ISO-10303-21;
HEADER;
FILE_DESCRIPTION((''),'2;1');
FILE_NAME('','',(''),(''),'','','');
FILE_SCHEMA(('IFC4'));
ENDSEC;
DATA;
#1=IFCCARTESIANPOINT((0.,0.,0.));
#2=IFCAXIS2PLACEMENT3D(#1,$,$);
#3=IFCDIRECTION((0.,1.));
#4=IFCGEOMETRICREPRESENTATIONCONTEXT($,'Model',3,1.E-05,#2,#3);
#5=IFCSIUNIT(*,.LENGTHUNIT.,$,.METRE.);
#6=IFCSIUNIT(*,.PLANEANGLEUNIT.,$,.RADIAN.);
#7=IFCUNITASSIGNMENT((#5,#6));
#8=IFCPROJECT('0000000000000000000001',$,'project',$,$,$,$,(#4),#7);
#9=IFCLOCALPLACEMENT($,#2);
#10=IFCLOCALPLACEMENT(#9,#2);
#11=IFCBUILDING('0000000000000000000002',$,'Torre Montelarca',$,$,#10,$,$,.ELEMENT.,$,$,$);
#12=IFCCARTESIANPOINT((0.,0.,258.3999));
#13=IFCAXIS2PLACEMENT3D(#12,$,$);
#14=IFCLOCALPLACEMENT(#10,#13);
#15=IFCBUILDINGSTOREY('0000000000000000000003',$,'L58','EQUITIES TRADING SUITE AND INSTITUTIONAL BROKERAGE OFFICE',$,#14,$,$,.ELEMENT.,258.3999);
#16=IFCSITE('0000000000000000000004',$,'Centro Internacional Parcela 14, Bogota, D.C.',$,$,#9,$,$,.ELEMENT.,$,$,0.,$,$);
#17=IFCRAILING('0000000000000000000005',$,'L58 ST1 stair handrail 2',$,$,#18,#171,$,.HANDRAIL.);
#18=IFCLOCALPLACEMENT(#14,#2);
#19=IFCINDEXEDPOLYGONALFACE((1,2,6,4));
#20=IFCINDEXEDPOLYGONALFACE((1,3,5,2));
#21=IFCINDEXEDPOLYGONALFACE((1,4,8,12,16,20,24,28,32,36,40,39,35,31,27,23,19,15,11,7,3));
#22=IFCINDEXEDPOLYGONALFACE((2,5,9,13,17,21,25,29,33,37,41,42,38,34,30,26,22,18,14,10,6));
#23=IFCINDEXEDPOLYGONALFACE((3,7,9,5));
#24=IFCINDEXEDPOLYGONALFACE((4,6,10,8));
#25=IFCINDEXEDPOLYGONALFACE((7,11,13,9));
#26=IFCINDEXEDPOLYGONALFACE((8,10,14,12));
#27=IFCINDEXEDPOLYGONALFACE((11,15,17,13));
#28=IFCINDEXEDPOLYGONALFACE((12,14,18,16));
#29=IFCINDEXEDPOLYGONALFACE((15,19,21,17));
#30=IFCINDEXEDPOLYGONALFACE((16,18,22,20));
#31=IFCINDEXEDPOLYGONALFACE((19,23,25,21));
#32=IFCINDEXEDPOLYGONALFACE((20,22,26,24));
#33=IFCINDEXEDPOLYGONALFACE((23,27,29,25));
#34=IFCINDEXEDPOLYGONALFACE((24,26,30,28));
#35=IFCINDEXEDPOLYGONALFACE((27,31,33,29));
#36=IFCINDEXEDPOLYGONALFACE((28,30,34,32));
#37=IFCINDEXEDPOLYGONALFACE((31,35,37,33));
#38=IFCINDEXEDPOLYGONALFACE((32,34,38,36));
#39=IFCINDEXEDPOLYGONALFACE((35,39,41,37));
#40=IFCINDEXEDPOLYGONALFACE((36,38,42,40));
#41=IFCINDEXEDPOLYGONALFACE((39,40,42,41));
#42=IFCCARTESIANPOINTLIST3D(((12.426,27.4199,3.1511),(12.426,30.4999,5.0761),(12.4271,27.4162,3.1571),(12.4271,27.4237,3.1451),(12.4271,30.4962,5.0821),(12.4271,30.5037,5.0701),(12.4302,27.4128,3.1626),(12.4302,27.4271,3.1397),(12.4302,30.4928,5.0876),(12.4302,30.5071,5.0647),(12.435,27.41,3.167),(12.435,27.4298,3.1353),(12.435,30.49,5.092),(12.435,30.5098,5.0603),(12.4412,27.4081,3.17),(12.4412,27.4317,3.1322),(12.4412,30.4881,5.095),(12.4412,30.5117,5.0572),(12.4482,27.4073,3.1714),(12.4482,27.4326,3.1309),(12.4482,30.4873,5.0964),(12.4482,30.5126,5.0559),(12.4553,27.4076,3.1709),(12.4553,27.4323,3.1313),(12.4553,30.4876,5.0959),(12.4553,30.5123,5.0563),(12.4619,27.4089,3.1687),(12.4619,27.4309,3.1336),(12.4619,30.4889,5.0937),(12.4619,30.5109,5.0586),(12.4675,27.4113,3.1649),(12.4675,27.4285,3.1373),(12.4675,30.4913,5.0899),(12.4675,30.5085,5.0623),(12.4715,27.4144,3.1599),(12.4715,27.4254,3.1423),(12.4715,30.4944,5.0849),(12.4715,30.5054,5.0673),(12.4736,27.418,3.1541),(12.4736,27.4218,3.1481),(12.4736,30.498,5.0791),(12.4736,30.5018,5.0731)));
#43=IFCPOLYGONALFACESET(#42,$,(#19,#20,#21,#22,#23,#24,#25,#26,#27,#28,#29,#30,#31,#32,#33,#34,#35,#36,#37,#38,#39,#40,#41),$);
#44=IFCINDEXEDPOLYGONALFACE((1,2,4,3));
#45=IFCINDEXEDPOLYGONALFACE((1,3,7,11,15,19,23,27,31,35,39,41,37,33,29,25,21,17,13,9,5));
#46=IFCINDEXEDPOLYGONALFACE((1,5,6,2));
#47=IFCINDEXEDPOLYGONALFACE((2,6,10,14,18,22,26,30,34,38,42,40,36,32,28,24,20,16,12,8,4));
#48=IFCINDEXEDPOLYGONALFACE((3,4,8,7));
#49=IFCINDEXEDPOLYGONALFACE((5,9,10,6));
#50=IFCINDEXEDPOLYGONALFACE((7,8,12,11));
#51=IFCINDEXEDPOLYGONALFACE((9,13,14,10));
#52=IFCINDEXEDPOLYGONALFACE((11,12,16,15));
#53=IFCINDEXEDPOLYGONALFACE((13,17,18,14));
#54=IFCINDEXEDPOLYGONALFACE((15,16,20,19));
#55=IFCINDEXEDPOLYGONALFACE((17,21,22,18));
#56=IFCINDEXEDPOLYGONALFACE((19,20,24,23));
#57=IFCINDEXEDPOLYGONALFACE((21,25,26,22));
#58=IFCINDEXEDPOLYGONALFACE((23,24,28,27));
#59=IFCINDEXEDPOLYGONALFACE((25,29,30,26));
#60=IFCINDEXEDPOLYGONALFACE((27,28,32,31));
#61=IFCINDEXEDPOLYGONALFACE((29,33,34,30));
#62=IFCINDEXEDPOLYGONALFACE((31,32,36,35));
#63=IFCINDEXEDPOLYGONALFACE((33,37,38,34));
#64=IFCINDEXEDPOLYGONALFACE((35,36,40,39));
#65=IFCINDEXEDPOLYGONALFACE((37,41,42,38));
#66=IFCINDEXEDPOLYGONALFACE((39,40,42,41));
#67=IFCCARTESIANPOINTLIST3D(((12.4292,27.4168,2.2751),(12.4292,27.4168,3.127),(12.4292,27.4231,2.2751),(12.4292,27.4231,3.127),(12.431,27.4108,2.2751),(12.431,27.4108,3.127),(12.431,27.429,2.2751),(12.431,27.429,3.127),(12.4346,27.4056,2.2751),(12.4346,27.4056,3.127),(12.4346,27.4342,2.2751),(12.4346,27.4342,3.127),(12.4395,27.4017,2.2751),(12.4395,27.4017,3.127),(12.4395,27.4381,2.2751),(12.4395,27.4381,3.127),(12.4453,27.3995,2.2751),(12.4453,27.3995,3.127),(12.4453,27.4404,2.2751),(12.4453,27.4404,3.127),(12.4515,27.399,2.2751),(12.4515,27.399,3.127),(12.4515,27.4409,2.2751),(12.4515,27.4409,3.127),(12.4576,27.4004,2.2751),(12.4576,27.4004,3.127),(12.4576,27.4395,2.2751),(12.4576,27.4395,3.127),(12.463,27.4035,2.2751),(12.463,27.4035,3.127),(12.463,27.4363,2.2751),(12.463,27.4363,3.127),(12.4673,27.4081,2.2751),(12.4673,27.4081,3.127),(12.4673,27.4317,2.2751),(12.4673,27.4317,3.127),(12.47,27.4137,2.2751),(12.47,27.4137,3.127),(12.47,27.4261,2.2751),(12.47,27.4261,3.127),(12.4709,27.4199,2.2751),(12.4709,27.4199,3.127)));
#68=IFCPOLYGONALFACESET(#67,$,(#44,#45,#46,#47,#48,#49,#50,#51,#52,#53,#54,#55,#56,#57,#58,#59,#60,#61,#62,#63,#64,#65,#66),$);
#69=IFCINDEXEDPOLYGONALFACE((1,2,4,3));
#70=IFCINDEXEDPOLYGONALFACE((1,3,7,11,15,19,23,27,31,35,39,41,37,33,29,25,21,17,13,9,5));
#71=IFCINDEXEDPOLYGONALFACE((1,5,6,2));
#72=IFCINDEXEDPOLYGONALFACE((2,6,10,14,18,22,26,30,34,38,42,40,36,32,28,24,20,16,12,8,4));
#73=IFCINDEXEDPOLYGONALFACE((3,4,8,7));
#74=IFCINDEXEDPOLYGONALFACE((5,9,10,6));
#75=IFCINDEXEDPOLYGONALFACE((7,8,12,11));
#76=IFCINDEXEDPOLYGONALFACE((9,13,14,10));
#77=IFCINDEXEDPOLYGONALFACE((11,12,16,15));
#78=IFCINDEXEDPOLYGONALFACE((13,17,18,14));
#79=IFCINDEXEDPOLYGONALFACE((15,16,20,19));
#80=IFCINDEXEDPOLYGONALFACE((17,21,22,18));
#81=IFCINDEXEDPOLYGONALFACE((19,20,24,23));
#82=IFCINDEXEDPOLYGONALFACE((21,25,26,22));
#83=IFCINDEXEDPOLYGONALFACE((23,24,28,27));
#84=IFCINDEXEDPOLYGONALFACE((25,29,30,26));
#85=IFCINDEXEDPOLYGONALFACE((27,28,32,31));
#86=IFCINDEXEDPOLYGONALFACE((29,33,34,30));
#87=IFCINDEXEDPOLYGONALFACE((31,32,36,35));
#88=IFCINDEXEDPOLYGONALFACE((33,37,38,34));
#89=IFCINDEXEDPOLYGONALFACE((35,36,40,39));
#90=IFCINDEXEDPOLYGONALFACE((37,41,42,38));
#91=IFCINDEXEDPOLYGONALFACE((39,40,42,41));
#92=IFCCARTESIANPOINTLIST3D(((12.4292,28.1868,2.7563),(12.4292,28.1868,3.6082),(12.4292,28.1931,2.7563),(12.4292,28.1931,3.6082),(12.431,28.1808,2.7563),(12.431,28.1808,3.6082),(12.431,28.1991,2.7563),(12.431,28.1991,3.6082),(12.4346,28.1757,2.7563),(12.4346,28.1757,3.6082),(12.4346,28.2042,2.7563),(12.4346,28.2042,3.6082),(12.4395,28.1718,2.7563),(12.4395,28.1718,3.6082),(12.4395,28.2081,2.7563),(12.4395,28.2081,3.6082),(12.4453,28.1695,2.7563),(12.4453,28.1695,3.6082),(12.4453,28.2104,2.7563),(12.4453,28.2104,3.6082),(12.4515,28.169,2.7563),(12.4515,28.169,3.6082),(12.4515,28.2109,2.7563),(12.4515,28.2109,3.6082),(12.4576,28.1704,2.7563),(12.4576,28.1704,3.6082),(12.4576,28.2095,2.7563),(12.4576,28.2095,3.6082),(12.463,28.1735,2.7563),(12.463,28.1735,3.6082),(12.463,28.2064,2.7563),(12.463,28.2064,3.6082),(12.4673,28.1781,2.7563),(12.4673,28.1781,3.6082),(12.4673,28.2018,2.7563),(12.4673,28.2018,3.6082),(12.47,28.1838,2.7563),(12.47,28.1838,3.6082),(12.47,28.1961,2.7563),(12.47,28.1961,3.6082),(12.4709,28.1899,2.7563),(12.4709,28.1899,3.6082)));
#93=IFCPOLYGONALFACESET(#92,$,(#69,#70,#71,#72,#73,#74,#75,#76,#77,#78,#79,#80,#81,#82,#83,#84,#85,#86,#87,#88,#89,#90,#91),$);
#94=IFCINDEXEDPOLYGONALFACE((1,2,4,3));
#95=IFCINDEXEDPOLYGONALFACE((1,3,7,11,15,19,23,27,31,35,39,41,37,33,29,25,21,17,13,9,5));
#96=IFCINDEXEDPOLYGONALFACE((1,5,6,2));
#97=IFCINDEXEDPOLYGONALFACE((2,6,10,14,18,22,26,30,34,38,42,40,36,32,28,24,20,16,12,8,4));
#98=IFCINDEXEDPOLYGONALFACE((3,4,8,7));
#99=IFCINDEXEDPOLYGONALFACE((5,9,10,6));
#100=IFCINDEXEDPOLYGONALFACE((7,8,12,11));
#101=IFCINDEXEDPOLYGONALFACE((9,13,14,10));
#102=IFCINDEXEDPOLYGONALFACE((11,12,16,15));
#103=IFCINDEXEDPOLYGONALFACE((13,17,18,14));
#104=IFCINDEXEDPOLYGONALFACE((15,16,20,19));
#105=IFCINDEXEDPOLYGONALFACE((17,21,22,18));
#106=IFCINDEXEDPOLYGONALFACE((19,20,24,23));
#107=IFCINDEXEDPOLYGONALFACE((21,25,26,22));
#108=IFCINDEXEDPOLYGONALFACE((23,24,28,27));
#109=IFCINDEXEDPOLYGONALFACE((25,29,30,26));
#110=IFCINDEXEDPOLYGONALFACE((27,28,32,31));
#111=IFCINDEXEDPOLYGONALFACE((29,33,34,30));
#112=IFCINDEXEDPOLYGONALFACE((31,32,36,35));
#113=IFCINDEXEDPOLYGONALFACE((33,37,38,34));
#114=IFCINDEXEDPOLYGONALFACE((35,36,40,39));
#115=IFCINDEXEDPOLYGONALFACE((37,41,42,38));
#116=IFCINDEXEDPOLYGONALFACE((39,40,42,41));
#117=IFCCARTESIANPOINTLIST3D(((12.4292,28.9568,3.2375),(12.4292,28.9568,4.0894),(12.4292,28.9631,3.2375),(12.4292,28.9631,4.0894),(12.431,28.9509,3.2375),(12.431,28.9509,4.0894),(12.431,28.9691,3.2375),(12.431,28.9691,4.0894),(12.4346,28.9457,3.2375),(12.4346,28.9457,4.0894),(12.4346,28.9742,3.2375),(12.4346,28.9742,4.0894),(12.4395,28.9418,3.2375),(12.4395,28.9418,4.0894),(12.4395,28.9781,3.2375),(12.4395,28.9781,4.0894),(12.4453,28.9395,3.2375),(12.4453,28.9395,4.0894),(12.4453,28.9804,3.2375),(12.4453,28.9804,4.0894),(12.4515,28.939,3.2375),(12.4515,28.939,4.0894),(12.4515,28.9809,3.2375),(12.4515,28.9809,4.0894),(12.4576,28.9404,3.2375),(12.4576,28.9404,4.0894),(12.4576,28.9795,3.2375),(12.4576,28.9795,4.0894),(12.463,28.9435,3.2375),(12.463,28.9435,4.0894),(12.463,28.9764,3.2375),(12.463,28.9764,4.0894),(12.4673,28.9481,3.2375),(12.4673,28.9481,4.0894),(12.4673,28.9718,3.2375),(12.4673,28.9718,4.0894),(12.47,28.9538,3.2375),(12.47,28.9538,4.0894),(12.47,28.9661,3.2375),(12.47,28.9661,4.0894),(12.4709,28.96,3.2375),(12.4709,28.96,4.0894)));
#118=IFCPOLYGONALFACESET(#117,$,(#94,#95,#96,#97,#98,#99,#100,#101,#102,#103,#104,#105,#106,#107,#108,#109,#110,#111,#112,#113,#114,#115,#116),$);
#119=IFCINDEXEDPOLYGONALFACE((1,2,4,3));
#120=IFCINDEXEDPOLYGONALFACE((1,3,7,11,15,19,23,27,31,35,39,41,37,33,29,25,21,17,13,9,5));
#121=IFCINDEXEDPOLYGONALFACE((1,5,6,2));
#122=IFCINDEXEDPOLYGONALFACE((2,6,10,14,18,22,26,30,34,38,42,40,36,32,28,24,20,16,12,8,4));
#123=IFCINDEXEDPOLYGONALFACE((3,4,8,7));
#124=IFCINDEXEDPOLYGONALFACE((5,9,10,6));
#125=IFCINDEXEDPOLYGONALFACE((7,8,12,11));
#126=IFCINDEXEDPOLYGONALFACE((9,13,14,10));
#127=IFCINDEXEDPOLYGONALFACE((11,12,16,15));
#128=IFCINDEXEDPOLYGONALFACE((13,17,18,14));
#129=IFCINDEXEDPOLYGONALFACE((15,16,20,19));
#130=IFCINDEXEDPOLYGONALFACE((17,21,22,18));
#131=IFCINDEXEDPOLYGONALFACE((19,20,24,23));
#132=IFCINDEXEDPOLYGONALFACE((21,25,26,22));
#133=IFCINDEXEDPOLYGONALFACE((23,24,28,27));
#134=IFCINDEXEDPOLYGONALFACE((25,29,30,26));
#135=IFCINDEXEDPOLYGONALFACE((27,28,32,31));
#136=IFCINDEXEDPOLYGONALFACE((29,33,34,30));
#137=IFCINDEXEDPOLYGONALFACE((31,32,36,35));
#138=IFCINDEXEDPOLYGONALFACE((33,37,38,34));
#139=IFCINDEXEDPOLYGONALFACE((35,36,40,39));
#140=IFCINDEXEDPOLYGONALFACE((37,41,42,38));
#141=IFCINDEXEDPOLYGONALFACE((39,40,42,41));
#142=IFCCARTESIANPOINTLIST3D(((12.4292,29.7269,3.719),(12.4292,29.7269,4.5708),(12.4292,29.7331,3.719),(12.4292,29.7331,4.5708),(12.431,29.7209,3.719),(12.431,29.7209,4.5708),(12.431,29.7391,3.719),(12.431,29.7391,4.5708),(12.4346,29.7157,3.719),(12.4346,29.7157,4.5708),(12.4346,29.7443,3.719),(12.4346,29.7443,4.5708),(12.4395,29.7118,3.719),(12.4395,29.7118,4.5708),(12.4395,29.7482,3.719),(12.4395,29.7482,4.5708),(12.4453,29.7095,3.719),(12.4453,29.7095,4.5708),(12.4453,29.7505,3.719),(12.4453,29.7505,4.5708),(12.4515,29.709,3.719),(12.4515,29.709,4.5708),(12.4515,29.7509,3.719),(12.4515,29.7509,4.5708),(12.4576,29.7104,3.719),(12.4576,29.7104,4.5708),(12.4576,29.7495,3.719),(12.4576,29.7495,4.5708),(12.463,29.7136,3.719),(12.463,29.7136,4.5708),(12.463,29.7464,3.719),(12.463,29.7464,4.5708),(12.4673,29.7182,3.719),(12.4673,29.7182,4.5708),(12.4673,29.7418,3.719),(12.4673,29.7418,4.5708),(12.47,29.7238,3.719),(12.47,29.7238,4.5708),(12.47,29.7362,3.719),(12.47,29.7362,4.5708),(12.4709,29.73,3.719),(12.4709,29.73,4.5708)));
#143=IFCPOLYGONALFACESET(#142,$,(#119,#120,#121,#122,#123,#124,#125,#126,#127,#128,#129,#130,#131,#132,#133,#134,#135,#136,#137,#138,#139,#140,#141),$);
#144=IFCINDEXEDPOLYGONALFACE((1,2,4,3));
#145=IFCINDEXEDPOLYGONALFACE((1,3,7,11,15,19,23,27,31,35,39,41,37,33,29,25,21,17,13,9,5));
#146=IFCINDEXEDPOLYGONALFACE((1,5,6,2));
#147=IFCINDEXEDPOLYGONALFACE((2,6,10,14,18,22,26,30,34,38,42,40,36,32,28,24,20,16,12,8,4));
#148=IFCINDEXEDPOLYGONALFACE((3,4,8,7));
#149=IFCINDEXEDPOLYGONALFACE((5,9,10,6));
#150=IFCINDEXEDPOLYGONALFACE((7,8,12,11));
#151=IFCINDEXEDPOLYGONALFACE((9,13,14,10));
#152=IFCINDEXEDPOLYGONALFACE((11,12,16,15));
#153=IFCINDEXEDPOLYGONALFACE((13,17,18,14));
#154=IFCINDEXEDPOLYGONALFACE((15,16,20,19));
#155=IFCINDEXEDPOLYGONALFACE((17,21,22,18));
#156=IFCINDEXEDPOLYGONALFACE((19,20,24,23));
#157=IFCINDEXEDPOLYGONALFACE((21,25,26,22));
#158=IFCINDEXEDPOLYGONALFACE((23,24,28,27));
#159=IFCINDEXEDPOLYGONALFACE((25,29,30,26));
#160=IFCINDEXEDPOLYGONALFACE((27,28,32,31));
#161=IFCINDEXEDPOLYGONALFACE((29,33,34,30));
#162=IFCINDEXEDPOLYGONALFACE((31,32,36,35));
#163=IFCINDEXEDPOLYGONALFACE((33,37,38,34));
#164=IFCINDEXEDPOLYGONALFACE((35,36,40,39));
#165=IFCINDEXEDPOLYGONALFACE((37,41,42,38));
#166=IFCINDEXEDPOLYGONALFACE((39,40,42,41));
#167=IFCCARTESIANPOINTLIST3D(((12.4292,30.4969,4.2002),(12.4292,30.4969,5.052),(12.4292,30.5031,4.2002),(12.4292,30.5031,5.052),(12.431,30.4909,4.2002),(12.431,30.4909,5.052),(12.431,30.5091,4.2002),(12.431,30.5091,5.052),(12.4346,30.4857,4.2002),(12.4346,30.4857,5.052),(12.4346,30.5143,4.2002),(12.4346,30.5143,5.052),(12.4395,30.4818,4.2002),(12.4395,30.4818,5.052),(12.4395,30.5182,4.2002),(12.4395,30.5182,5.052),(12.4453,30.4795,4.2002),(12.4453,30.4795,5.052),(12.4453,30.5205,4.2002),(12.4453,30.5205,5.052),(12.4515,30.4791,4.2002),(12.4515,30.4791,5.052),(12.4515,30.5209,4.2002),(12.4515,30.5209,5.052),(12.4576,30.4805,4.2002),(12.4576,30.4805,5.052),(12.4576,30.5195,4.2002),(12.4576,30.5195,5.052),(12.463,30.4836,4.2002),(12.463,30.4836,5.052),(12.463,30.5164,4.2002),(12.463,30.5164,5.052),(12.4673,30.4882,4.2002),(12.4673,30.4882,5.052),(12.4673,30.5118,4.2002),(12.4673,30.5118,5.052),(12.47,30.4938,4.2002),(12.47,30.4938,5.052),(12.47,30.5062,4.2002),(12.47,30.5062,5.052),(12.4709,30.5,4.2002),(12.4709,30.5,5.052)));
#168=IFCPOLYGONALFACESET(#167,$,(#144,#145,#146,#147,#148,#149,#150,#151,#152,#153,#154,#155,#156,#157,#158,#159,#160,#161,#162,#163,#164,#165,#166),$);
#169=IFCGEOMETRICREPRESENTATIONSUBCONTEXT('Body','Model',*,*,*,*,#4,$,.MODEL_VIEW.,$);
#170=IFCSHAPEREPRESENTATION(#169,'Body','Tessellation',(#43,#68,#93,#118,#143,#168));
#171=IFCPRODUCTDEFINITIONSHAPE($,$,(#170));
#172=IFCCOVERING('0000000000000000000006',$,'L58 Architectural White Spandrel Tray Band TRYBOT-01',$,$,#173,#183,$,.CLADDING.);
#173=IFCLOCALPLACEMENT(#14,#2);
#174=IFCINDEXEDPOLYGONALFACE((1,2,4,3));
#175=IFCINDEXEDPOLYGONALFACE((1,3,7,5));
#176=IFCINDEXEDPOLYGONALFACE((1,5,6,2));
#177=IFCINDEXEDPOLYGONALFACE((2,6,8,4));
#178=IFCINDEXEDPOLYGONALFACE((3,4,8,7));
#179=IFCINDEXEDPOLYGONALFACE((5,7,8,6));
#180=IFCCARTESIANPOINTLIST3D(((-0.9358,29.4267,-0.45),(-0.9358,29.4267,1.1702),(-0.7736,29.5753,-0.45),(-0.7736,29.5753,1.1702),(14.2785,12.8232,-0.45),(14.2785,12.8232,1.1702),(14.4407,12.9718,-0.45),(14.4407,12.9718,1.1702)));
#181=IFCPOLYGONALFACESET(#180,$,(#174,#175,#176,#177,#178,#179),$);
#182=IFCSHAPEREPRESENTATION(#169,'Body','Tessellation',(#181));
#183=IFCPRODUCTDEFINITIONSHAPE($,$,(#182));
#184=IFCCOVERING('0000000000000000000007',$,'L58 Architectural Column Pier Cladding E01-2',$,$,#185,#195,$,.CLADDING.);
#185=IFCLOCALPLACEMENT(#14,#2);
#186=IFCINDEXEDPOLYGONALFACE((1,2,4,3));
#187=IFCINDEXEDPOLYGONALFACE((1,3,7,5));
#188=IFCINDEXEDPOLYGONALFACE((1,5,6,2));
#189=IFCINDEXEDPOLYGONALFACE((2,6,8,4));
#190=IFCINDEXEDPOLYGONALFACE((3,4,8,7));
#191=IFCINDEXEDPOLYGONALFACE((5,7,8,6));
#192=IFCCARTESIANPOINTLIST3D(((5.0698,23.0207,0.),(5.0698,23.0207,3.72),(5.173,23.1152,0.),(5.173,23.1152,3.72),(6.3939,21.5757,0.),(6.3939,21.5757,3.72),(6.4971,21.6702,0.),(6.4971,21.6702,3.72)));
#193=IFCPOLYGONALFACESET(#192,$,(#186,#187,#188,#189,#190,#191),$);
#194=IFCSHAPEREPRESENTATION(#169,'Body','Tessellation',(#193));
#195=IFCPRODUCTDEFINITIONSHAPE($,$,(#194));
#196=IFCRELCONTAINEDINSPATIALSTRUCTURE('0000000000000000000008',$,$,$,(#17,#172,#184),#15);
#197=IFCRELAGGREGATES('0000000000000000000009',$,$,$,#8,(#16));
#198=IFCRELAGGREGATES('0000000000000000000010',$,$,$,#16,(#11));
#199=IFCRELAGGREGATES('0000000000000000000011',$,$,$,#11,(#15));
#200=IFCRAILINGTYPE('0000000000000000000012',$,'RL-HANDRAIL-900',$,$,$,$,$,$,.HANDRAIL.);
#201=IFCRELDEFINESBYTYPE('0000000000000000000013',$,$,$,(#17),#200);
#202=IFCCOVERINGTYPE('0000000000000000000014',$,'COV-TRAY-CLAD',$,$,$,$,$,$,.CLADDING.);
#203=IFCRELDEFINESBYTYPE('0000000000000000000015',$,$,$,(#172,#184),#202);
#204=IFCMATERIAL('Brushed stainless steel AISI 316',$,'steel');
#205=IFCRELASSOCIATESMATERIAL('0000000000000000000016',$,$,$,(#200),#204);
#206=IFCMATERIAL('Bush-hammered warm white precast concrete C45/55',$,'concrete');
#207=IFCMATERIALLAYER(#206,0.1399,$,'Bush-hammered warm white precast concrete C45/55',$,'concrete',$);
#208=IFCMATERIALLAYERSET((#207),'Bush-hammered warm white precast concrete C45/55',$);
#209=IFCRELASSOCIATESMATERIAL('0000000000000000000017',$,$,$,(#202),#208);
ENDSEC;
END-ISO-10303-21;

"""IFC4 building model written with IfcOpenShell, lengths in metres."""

from ifc_helpers import new_model, si_unit, direction, frame, origin, origin_2d, place, context, subcontext, project, spatial, rectangle, circle, extrude, source, transform, mapped, material, layer, layer_set, type_object, element, save


model = new_model("IFC4")

# Units and contexts
model_context = context("Model", 3, precision=1e-05, world=origin(), true_north=direction((0.0, 1.0)))
body_context = subcontext(model_context, "Body", "Model", "MODEL_VIEW")
ifc_project = project(units=[si_unit("LENGTHUNIT", "METRE"), si_unit("PLANEANGLEUNIT", "RADIAN")], contexts=[model_context])

# Site, building, storey
site_placement = place(None, origin())
site = spatial("IfcSite", under=ifc_project, at=site_placement, Name="Centro Internacional Parcela 14, Bogota, D.C.", CompositionType="ELEMENT", RefElevation=0.0)
building_placement = place(site_placement, origin())
building = spatial("IfcBuilding", under=site, at=building_placement, Name="Torre Montelarca", CompositionType="ELEMENT")
storey_placement = place(building_placement, frame((0.0, 0.0, 258.3999)))
storey = spatial("IfcBuildingStorey", under=building, at=storey_placement, Name="L58", Description="EQUITIES TRADING SUITE AND INSTITUTIONAL BROKERAGE OFFICE", CompositionType="ELEMENT", Elevation=258.3999)

# Railing
ifc_material_1 = material(Name="Brushed stainless steel AISI 316", Category="steel")
railing_type_1 = type_object("IfcRailingType", Name="RL-HANDRAIL-900", PredefinedType="HANDRAIL", material=ifc_material_1)
railing_1_placement = place(storey_placement, frame((12.45, 27.4199, 2.2751)))
element("IfcRailing", 1, at=railing_1_placement, inside=storey, type_object=railing_type_1, Name="L58 ST1 stair handrail 2", PredefinedType="HANDRAIL", context=body_context, shape_type="SweptSolid", body=[
    extrude(circle(Radius=0.0239, at=origin_2d()), frame((0.0, 0.0, 0.876), z_axis=(0.0, 0.847998, 0.529999), x_axis=(-1.0, 0.0, 0.0)), (0.0, 0.0, 1.0), 3.6321),
    extrude(circle(Radius=0.021, at=origin_2d()), origin(), (0.0, 0.0, 1.0), 0.8518),
    extrude(circle(Radius=0.021, at=origin_2d()), frame((0.0, 0.77, 0.4812)), (0.0, 0.0, 1.0), 0.8518),
    extrude(circle(Radius=0.021, at=origin_2d()), frame((0.0, 1.54, 0.9624)), (0.0, 0.0, 1.0), 0.8518),
    extrude(circle(Radius=0.021, at=origin_2d()), frame((0.0, 2.3101, 1.4438)), (0.0, 0.0, 1.0), 0.8518),
    extrude(circle(Radius=0.021, at=origin_2d()), frame((0.0, 3.0801, 1.925)), (0.0, 0.0, 1.0), 0.8518),
])

# Coverings
ifc_material_2 = material(Name="Bush-hammered warm white precast concrete C45/55", Category="concrete")
ifc_layer_1 = layer(ifc_material_2, 0.1399, Name="Bush-hammered warm white precast concrete C45/55", Category="concrete")
ifc_layer_set_1 = layer_set([ifc_layer_1], Name="Bush-hammered warm white precast concrete C45/55")
covering_type = type_object("IfcCoveringType", Name="COV-TRAY-CLAD", PredefinedType="CLADDING", material=ifc_layer_set_1)
shared_shape_1 = source(origin(), body_context, "Body", "SweptSolid", [
    extrude(rectangle(XDim=22.52, YDim=0.22, at=origin_2d()), origin(), (0.0, 0.0, 1.0), 1.6201),
])
covering_1_placement = place(storey_placement, frame((6.7524, 21.1992, -0.45), z_axis=(0.0, 0.0, 1.0), x_axis=(0.67559, -0.737277, 0.0)))
element("IfcCovering", 2, at=covering_1_placement, inside=storey, type_object=covering_type, Name="L58 Architectural White Spandrel Tray Band TRYBOT-01", PredefinedType="CLADDING", context=body_context, shape_type="MappedRepresentation", body=[
    mapped(shared_shape_1, transform((0.0, 0.0, 0.0), scale=1.0)),
])
shared_shape_2 = source(origin(), body_context, "Body", "SweptSolid", [
    extrude(rectangle(XDim=1.96, YDim=0.1399, at=origin_2d()), origin(), (0.0, 0.0, 1.0), 3.72),
])
covering_2_placement = place(storey_placement, frame((5.7834, 22.3455, 0.0), z_axis=(0.0, 0.0, 1.0), x_axis=(0.67559, -0.737277, 0.0)))
element("IfcCovering", 3, at=covering_2_placement, inside=storey, type_object=covering_type, Name="L58 Architectural Column Pier Cladding E01-2", PredefinedType="CLADDING", context=body_context, shape_type="MappedRepresentation", body=[
    mapped(shared_shape_2, transform((0.0, 0.0, 0.0), scale=1.0)),
])

save(model, "model.ifc")
